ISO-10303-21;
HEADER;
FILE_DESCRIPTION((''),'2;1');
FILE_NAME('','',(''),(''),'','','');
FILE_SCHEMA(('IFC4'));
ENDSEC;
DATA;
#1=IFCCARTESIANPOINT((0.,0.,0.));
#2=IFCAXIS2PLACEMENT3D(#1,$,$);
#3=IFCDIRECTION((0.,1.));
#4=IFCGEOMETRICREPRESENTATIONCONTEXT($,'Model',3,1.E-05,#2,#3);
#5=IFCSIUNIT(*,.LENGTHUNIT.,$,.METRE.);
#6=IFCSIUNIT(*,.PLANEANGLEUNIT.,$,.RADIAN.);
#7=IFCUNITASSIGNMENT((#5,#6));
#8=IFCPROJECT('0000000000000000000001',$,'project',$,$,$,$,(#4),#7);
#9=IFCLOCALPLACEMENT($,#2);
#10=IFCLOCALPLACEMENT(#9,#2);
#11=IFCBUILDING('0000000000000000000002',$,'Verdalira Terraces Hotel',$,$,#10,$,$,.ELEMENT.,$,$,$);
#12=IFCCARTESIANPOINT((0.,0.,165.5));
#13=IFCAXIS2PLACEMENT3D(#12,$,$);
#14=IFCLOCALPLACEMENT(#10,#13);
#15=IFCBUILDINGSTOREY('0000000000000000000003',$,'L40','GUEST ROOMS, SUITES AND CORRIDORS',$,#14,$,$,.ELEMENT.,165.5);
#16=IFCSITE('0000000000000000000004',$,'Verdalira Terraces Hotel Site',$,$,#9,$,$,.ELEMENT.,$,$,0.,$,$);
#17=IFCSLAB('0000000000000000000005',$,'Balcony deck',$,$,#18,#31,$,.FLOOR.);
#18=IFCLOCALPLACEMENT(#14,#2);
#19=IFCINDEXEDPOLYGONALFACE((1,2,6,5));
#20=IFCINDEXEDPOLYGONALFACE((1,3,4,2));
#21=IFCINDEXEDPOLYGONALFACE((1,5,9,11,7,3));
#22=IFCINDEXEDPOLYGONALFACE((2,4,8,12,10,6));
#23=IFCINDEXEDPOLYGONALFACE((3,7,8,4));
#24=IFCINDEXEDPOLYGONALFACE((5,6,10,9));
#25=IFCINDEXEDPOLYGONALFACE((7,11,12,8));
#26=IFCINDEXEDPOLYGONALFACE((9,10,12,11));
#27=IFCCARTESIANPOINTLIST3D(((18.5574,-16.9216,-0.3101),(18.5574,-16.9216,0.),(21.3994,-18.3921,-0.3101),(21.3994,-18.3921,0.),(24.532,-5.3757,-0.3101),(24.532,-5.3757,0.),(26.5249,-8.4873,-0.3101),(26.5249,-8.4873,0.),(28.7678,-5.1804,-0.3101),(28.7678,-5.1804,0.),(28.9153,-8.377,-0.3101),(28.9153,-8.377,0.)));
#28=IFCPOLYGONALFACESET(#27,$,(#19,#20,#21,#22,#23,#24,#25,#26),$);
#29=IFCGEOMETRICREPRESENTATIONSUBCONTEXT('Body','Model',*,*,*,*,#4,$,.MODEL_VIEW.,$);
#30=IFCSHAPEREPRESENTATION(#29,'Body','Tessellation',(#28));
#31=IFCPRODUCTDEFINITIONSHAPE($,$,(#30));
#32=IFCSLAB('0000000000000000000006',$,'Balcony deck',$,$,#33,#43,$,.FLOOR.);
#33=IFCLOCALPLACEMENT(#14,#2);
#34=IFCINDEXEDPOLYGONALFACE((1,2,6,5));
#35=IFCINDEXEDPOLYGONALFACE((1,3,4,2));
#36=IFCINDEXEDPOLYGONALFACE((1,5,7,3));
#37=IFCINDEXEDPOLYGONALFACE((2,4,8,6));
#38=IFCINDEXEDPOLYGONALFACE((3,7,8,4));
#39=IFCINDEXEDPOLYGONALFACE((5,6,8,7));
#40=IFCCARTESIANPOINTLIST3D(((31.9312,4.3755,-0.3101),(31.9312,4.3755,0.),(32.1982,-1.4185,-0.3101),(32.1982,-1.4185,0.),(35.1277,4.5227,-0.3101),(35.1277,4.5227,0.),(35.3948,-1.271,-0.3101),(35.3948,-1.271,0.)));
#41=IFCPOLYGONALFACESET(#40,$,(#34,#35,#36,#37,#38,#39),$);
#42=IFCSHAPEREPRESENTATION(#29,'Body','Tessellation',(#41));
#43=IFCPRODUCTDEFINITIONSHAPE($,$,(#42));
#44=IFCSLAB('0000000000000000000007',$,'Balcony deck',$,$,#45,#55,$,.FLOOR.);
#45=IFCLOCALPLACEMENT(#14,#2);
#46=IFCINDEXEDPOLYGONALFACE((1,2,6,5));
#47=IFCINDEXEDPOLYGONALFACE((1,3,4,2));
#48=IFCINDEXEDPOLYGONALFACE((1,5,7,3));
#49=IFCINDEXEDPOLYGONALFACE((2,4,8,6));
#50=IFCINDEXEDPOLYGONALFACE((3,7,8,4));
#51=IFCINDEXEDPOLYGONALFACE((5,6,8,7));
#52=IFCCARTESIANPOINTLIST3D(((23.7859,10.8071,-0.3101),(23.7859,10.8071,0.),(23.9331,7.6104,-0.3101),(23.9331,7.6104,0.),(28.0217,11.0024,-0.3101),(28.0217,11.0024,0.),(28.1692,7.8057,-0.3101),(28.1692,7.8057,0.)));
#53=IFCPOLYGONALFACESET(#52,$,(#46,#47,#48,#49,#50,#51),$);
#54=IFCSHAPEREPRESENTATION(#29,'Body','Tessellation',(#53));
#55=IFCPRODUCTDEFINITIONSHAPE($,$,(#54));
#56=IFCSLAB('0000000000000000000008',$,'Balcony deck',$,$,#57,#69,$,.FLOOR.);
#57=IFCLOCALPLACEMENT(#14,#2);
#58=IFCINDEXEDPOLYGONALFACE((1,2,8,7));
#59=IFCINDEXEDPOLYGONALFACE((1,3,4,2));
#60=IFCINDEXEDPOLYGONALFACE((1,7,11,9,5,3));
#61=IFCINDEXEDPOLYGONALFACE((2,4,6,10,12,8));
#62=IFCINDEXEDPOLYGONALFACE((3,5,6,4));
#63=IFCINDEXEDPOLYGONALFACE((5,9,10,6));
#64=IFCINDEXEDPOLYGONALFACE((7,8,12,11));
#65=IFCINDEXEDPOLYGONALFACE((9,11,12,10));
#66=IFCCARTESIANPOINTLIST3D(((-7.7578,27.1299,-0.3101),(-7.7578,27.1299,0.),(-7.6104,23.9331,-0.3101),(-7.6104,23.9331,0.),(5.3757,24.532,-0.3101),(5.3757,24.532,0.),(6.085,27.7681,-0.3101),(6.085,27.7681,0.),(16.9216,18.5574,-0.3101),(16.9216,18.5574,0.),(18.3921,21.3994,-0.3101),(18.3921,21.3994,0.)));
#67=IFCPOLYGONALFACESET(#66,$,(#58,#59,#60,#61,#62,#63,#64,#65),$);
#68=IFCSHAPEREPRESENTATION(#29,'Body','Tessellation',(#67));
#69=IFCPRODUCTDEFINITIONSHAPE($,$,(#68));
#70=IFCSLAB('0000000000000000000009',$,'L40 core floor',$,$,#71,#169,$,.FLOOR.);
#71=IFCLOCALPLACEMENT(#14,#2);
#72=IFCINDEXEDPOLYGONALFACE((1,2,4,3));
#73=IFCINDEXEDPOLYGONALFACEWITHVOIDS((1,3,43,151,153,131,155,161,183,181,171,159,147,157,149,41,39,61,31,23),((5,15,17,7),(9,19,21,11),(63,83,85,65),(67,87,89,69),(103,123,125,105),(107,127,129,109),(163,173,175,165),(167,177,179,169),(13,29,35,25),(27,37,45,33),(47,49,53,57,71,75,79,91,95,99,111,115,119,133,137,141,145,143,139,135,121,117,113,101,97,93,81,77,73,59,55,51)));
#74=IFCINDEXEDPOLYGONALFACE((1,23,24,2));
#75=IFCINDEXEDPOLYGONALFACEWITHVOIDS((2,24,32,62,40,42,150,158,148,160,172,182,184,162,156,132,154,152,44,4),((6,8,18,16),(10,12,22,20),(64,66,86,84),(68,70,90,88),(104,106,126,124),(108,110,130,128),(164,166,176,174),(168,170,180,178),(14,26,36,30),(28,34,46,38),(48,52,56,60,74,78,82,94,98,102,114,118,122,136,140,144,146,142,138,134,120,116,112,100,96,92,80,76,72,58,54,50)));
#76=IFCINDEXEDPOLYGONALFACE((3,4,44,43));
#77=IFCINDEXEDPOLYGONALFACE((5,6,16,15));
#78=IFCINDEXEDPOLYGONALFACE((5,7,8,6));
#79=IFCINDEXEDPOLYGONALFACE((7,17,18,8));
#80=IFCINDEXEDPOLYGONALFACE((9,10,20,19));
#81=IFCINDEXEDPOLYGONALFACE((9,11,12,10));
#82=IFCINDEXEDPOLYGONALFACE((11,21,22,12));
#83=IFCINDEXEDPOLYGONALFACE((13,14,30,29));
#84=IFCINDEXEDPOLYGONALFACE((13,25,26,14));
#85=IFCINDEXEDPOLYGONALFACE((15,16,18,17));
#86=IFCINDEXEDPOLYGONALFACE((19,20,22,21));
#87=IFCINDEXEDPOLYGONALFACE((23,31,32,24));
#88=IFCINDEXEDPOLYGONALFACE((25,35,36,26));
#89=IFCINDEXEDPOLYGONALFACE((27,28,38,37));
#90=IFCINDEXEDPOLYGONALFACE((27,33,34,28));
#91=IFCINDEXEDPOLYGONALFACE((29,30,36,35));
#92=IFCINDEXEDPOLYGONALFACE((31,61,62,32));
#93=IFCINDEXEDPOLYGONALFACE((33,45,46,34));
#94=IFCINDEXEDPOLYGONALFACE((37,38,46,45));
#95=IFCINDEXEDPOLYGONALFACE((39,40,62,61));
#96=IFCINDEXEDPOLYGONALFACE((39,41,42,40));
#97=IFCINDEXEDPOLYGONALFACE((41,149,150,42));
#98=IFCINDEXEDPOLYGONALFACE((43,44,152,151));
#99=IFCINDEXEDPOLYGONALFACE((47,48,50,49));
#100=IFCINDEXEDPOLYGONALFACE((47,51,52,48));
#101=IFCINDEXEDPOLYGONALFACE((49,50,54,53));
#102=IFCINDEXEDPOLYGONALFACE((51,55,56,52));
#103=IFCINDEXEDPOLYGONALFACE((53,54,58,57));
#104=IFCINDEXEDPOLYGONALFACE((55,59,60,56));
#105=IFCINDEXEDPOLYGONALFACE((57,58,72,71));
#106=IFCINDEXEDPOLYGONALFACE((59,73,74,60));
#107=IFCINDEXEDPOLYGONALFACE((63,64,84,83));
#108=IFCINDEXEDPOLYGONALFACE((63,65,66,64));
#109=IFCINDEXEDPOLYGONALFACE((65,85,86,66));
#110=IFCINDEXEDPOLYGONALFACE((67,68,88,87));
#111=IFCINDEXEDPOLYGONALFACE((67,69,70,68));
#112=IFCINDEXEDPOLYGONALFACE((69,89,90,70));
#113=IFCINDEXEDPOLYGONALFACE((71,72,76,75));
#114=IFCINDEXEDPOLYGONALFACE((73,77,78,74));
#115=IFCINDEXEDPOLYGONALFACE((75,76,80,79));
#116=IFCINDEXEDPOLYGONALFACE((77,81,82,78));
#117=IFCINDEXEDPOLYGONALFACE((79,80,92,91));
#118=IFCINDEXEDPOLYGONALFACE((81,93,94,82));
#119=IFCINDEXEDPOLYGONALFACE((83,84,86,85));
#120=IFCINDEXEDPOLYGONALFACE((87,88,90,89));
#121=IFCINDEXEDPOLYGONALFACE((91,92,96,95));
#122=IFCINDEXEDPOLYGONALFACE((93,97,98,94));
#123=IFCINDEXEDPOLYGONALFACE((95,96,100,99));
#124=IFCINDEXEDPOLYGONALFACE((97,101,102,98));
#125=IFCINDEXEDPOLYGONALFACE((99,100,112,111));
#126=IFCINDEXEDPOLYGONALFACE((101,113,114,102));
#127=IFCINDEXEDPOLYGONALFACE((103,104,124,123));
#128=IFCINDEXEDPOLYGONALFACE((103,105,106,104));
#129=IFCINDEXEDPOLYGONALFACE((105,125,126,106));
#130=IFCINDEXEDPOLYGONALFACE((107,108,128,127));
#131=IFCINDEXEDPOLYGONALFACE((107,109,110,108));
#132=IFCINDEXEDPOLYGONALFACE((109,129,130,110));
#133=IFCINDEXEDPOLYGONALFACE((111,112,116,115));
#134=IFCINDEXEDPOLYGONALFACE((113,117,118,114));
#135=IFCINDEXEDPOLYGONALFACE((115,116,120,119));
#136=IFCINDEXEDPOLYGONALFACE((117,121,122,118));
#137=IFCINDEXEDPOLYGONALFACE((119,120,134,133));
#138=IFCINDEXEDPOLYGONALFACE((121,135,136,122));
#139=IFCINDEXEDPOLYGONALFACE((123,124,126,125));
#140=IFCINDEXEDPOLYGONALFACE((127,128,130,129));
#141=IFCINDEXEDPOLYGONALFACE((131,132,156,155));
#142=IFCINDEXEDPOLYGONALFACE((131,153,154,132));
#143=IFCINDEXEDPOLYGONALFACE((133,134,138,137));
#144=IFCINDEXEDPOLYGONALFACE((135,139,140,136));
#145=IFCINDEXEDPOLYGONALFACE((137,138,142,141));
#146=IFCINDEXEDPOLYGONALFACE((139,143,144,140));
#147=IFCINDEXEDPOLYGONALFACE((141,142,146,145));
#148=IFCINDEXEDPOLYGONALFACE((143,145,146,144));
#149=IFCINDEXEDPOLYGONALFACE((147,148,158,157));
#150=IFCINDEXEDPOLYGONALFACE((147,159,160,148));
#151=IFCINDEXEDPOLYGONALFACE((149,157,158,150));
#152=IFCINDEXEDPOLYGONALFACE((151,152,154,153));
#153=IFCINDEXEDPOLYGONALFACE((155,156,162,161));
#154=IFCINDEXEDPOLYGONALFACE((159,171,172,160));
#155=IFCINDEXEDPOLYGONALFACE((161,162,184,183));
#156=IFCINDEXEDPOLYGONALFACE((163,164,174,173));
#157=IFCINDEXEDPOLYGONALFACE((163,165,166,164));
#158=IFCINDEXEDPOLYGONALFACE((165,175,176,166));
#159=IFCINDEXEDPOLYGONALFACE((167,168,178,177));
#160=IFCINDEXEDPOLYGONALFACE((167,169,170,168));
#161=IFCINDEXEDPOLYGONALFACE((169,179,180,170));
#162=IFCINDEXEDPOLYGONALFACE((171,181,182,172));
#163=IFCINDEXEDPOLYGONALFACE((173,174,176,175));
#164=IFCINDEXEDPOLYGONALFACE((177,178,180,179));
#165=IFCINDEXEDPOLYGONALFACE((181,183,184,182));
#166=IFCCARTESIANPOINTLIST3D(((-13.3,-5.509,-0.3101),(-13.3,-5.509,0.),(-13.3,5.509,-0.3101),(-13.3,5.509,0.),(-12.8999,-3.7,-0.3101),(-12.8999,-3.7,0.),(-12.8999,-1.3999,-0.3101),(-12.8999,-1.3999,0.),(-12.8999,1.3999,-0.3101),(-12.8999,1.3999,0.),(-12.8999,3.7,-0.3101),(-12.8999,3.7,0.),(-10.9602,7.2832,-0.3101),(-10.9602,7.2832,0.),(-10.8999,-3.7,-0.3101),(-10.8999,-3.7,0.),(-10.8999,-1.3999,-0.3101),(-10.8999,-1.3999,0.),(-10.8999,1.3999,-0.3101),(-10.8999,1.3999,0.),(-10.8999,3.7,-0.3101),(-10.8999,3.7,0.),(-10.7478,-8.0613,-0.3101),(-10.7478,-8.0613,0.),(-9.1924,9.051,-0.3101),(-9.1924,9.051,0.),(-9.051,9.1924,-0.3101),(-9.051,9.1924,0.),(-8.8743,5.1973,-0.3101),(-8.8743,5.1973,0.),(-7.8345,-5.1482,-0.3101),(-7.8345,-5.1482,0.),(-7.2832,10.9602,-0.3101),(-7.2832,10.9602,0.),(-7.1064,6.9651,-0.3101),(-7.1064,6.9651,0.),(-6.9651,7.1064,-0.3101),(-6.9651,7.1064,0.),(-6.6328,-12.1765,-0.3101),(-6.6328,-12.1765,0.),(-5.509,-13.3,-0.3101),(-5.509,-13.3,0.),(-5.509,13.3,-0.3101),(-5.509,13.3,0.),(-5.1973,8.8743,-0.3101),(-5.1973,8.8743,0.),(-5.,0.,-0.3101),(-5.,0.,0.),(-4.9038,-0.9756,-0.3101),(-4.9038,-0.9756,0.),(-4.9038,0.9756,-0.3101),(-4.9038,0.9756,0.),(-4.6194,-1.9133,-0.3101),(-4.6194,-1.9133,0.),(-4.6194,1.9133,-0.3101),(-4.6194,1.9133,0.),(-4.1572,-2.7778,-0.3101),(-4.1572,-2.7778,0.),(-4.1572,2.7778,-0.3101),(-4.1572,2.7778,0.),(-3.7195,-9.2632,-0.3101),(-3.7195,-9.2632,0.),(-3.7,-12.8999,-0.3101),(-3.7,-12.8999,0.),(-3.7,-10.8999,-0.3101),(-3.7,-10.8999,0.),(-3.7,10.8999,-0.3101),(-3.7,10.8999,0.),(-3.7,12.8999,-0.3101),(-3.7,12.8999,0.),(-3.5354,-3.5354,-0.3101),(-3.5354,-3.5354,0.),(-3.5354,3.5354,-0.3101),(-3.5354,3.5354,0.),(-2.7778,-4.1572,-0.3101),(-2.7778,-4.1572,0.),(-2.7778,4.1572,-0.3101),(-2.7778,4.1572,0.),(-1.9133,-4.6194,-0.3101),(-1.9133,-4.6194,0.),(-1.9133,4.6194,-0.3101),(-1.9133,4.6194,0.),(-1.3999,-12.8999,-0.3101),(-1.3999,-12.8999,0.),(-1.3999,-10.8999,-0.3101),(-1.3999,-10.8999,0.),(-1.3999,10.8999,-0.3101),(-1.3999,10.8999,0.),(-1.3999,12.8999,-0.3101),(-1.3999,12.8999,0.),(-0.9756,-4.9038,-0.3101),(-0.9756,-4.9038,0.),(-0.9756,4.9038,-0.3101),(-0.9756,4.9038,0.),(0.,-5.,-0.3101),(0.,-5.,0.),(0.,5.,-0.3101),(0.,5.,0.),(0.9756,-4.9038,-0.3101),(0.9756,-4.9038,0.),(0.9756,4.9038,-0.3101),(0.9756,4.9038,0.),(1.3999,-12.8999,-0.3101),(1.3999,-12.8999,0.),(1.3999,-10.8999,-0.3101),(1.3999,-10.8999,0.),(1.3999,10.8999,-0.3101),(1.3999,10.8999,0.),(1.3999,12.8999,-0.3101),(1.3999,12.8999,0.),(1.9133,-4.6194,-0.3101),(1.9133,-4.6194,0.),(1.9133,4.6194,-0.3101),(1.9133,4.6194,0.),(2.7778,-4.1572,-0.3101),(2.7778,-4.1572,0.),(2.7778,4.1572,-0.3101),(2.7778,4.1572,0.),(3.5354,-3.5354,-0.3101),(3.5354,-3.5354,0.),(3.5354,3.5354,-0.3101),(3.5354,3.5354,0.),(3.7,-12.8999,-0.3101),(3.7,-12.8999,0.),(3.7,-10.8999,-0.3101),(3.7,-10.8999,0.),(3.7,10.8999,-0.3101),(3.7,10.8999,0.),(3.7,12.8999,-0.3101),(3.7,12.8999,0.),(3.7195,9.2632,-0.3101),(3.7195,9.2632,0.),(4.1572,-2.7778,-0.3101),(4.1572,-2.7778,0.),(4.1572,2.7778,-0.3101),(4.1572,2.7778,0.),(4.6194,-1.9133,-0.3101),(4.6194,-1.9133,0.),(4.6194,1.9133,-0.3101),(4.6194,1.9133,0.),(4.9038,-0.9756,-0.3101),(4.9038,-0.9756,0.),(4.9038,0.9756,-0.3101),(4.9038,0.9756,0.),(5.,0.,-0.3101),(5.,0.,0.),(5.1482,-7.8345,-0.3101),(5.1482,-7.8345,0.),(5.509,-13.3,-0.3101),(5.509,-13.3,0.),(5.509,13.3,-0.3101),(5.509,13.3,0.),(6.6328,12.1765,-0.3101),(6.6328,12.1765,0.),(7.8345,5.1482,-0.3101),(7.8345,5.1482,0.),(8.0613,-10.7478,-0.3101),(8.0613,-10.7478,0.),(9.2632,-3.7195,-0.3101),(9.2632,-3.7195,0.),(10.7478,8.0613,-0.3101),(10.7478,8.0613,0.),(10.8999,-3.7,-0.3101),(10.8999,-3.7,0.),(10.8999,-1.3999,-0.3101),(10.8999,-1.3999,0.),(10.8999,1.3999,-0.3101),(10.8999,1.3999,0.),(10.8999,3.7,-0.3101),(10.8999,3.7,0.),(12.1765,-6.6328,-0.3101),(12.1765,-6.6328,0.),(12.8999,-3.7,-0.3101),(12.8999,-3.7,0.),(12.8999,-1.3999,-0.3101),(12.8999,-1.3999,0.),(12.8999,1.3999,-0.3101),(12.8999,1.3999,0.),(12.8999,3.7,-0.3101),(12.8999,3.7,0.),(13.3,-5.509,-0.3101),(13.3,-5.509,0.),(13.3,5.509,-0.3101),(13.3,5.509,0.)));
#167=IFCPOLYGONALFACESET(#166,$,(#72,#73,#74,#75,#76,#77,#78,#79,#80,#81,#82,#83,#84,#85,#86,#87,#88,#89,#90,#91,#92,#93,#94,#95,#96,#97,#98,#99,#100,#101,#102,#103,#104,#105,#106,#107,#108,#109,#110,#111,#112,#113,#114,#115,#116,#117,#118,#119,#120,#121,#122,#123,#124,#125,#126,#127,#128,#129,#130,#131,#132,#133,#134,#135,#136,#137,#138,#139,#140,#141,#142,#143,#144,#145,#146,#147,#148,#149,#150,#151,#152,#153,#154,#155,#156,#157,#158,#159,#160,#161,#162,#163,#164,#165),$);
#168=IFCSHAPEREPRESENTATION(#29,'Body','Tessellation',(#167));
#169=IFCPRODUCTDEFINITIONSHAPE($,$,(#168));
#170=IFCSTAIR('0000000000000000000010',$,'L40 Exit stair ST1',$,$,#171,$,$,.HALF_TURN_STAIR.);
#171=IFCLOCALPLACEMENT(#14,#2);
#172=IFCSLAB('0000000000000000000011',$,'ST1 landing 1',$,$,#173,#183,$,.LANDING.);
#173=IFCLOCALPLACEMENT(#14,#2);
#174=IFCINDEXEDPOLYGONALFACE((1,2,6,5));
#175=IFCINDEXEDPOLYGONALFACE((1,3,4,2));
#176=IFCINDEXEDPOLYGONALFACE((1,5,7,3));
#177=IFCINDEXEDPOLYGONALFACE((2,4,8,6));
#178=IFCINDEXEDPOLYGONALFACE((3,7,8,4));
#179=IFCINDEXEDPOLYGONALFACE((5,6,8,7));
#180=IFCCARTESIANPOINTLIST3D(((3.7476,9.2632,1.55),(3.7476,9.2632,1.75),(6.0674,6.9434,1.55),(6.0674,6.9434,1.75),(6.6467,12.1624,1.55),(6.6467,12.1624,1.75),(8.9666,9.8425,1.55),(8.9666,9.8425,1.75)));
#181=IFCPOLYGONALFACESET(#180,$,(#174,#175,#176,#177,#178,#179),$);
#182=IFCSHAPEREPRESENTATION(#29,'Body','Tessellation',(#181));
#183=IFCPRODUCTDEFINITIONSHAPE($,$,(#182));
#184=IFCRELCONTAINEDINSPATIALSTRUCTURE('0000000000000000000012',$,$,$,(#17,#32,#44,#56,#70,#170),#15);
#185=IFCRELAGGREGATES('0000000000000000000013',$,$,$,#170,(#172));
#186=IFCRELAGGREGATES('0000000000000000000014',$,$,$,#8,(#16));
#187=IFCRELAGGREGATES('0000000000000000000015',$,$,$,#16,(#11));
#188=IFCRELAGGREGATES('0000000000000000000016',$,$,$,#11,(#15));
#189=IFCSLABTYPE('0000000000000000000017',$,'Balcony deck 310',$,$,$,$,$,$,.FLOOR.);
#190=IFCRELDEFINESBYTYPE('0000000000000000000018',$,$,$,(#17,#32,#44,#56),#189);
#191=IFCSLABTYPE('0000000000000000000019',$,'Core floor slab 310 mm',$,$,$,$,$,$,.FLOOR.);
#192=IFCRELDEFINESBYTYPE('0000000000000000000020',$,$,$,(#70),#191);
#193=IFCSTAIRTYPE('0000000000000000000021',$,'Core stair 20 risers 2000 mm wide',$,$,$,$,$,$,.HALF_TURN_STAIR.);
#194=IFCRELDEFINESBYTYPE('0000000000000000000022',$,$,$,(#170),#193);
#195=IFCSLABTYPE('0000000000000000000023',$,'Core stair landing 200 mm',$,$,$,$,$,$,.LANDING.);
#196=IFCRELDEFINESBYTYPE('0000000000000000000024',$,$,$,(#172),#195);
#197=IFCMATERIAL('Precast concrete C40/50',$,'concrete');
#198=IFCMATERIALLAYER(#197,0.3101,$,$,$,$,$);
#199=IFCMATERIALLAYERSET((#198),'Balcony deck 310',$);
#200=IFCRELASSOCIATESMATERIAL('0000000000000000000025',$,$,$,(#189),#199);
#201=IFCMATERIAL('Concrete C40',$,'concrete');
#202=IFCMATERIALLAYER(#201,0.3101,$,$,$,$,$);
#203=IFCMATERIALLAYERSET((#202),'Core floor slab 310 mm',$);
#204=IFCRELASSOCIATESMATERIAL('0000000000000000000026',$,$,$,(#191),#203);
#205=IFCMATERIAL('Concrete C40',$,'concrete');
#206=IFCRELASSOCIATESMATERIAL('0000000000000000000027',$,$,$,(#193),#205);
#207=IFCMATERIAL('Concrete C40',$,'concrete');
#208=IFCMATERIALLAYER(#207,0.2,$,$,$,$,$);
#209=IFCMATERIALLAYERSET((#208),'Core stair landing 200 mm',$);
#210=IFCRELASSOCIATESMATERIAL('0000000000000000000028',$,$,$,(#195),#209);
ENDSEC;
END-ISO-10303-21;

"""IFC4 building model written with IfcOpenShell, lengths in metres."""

from ifc_helpers import new_model, si_unit, direction, frame, origin, place, context, subcontext, project, spatial, polyline, outline, extrude, material, layer, layer_set, type_object, element, aggregate, save


model = new_model("IFC4")

# Units and contexts
model_context = context("Model", 3, precision=1e-05, world=origin(), true_north=direction((0.0, 1.0)))
body_context = subcontext(model_context, "Body", "Model", "MODEL_VIEW")
ifc_project = project(units=[si_unit("LENGTHUNIT", "METRE"), si_unit("PLANEANGLEUNIT", "RADIAN")], contexts=[model_context])

# Site, building, storey
site_placement = place(None, origin())
site = spatial("IfcSite", under=ifc_project, at=site_placement, Name="Verdalira Terraces Hotel Site", CompositionType="ELEMENT", RefElevation=0.0)
building_placement = place(site_placement, origin())
building = spatial("IfcBuilding", under=site, at=building_placement, Name="Verdalira Terraces Hotel", CompositionType="ELEMENT")
storey_placement = place(building_placement, frame((0.0, 0.0, 165.5)))
storey = spatial("IfcBuildingStorey", under=building, at=storey_placement, Name="L40", Description="GUEST ROOMS, SUITES AND CORRIDORS", CompositionType="ELEMENT", Elevation=165.5)

# Slabs
ifc_material_1 = material(Name="Precast concrete C40/50", Category="concrete")
ifc_layer_1 = layer(ifc_material_1, 0.3101)
ifc_layer_set_1 = layer_set([ifc_layer_1], Name="Balcony deck 310")
slab_type_1 = type_object("IfcSlabType", Name="Balcony deck 310", PredefinedType="FLOOR", material=ifc_layer_set_1)
slab_1_placement = place(storey_placement, frame((0.0, 0.0, -0.3101)))
element("IfcSlab", 1, at=slab_1_placement, inside=storey, type_object=slab_type_1, Name="Balcony deck", PredefinedType="FLOOR", context=body_context, shape_type="SweptSolid", body=[
    extrude(outline(polyline([(28.9153, -8.377), (28.7678, -5.1804), (24.532, -5.3757), (18.5574, -16.9216), (21.3994, -18.3921), (26.5249, -8.4873), (28.9153, -8.377)])), origin(), (0.0, 0.0, 1.0), 0.3101),
])
slab_2_placement = place(storey_placement, frame((0.0, 0.0, -0.3101)))
element("IfcSlab", 2, at=slab_2_placement, inside=storey, type_object=slab_type_1, Name="Balcony deck", PredefinedType="FLOOR", context=body_context, shape_type="SweptSolid", body=[
    extrude(outline(polyline([(35.1277, 4.5227), (31.9312, 4.3755), (32.1982, -1.4185), (35.3948, -1.271), (35.1277, 4.5227)])), origin(), (0.0, 0.0, 1.0), 0.3101),
])
slab_3_placement = place(storey_placement, frame((0.0, 0.0, -0.3101)))
element("IfcSlab", 3, at=slab_3_placement, inside=storey, type_object=slab_type_1, Name="Balcony deck", PredefinedType="FLOOR", context=body_context, shape_type="SweptSolid", body=[
    extrude(outline(polyline([(23.7859, 10.8071), (23.9331, 7.6104), (28.1692, 7.8057), (28.0217, 11.0024), (23.7859, 10.8071)])), origin(), (0.0, 0.0, 1.0), 0.3101),
])
slab_4_placement = place(storey_placement, frame((0.0, 0.0, -0.3101)))
element("IfcSlab", 4, at=slab_4_placement, inside=storey, type_object=slab_type_1, Name="Balcony deck", PredefinedType="FLOOR", context=body_context, shape_type="SweptSolid", body=[
    extrude(outline(polyline([(-7.7578, 27.1299), (-7.6104, 23.9331), (5.3757, 24.532), (16.9216, 18.5574), (18.3921, 21.3994), (6.085, 27.7681), (-7.7578, 27.1299)])), origin(), (0.0, 0.0, 1.0), 0.3101),
])
ifc_material_2 = material(Name="Concrete C40", Category="concrete")
ifc_layer_2 = layer(ifc_material_2, 0.3101)
ifc_layer_set_2 = layer_set([ifc_layer_2], Name="Core floor slab 310 mm")
slab_type_2 = type_object("IfcSlabType", Name="Core floor slab 310 mm", PredefinedType="FLOOR", material=ifc_layer_set_2)
slab_5_placement = place(storey_placement, frame((0.0, 0.0, -0.3101)))
element("IfcSlab", 5, at=slab_5_placement, inside=storey, type_object=slab_type_2, Name="L40 core floor", PredefinedType="FLOOR", context=body_context, shape_type="SweptSolid", body=[
    extrude(outline(polyline([(-5.509, 13.3), (5.509, 13.3), (6.6328, 12.1765), (3.7195, 9.2632), (7.8345, 5.1482), (10.7478, 8.0613), (13.3, 5.509), (13.3, -5.509), (12.1765, -6.6328), (9.2632, -3.7195), (5.1482, -7.8345), (8.0613, -10.7478), (5.509, -13.3), (-5.509, -13.3), (-6.6328, -12.1765), (-3.7195, -9.2632), (-7.8345, -5.1482), (-10.7478, -8.0613), (-13.3, -5.509), (-13.3, 5.509), (-5.509, 13.3)]), holes=[polyline([(12.8999, -3.7), (12.8999, -1.3999), (10.8999, -1.3999), (10.8999, -3.7), (12.8999, -3.7)]), polyline([(12.8999, 1.3999), (12.8999, 3.7), (10.8999, 3.7), (10.8999, 1.3999), (12.8999, 1.3999)]), polyline([(1.3999, 10.8999), (3.7, 10.8999), (3.7, 12.8999), (1.3999, 12.8999), (1.3999, 10.8999)]), polyline([(-3.7, 10.8999), (-1.3999, 10.8999), (-1.3999, 12.8999), (-3.7, 12.8999), (-3.7, 10.8999)]), polyline([(-12.8999, 3.7), (-12.8999, 1.3999), (-10.8999, 1.3999), (-10.8999, 3.7), (-12.8999, 3.7)]), polyline([(-12.8999, -1.3999), (-12.8999, -3.7), (-10.8999, -3.7), (-10.8999, -1.3999), (-12.8999, -1.3999)]), polyline([(-1.3999, -10.8999), (-3.7, -10.8999), (-3.7, -12.8999), (-1.3999, -12.8999), (-1.3999, -10.8999)]), polyline([(3.7, -10.8999), (1.3999, -10.8999), (1.3999, -12.8999), (3.7, -12.8999), (3.7, -10.8999)]), polyline([(-9.051, 9.1924), (-6.9651, 7.1064), (-5.1973, 8.8743), (-7.2832, 10.9602), (-9.051, 9.1924)]), polyline([(-9.1924, 9.051), (-10.9602, 7.2832), (-8.8743, 5.1973), (-7.1064, 6.9651), (-9.1924, 9.051)]), polyline([(3.5354, 3.5354), (2.7778, 4.1572), (1.9133, 4.6194), (0.9756, 4.9038), (0.0, 5.0), (-0.9756, 4.9038), (-1.9133, 4.6194), (-2.7778, 4.1572), (-3.5354, 3.5354), (-4.1572, 2.7778), (-4.6194, 1.9133), (-4.9038, 0.9756), (-5.0, 0.0), (-4.9038, -0.9756), (-4.6194, -1.9133), (-4.1572, -2.7778), (-3.5354, -3.5354), (-2.7778, -4.1572), (-1.9133, -4.6194), (-0.9756, -4.9038), (0.0, -5.0), (0.9756, -4.9038), (1.9133, -4.6194), (2.7778, -4.1572), (3.5354, -3.5354), (4.1572, -2.7778), (4.6194, -1.9133), (4.9038, -0.9756), (5.0, 0.0), (4.9038, 0.9756), (4.6194, 1.9133), (4.1572, 2.7778), (3.5354, 3.5354)])]), origin(), (0.0, 0.0, 1.0), 0.3101),
])

# Stair, slab
ifc_material_3 = material(Name="Concrete C40", Category="concrete")
stair_type = type_object("IfcStairType", Name="Core stair 20 risers 2000 mm wide", PredefinedType="HALF_TURN_STAIR", material=ifc_material_3)
stair_1_placement = place(storey_placement, origin())
stair_1 = element("IfcStair", 6, at=stair_1_placement, inside=storey, type_object=stair_type, Name="L40 Exit stair ST1", PredefinedType="HALF_TURN_STAIR")
ifc_material_4 = material(Name="Concrete C40", Category="concrete")
ifc_layer_3 = layer(ifc_material_4, 0.2)
ifc_layer_set_3 = layer_set([ifc_layer_3], Name="Core stair landing 200 mm")
slab_type_3 = type_object("IfcSlabType", Name="Core stair landing 200 mm", PredefinedType="LANDING", material=ifc_layer_set_3)
slab_6_placement = place(storey_placement, frame((0.0, 0.0, 1.55)))
slab_6 = element("IfcSlab", 7, at=slab_6_placement, type_object=slab_type_3, Name="ST1 landing 1", PredefinedType="LANDING", context=body_context, shape_type="SweptSolid", body=[
    extrude(outline(polyline([(8.9666, 9.8425), (6.6467, 12.1624), (3.7476, 9.2632), (6.0674, 6.9434), (8.9666, 9.8425)])), origin(), (0.0, 0.0, 1.0), 0.2),
])
aggregate(stair_1, [slab_6])

save(model, "model.ifc")
